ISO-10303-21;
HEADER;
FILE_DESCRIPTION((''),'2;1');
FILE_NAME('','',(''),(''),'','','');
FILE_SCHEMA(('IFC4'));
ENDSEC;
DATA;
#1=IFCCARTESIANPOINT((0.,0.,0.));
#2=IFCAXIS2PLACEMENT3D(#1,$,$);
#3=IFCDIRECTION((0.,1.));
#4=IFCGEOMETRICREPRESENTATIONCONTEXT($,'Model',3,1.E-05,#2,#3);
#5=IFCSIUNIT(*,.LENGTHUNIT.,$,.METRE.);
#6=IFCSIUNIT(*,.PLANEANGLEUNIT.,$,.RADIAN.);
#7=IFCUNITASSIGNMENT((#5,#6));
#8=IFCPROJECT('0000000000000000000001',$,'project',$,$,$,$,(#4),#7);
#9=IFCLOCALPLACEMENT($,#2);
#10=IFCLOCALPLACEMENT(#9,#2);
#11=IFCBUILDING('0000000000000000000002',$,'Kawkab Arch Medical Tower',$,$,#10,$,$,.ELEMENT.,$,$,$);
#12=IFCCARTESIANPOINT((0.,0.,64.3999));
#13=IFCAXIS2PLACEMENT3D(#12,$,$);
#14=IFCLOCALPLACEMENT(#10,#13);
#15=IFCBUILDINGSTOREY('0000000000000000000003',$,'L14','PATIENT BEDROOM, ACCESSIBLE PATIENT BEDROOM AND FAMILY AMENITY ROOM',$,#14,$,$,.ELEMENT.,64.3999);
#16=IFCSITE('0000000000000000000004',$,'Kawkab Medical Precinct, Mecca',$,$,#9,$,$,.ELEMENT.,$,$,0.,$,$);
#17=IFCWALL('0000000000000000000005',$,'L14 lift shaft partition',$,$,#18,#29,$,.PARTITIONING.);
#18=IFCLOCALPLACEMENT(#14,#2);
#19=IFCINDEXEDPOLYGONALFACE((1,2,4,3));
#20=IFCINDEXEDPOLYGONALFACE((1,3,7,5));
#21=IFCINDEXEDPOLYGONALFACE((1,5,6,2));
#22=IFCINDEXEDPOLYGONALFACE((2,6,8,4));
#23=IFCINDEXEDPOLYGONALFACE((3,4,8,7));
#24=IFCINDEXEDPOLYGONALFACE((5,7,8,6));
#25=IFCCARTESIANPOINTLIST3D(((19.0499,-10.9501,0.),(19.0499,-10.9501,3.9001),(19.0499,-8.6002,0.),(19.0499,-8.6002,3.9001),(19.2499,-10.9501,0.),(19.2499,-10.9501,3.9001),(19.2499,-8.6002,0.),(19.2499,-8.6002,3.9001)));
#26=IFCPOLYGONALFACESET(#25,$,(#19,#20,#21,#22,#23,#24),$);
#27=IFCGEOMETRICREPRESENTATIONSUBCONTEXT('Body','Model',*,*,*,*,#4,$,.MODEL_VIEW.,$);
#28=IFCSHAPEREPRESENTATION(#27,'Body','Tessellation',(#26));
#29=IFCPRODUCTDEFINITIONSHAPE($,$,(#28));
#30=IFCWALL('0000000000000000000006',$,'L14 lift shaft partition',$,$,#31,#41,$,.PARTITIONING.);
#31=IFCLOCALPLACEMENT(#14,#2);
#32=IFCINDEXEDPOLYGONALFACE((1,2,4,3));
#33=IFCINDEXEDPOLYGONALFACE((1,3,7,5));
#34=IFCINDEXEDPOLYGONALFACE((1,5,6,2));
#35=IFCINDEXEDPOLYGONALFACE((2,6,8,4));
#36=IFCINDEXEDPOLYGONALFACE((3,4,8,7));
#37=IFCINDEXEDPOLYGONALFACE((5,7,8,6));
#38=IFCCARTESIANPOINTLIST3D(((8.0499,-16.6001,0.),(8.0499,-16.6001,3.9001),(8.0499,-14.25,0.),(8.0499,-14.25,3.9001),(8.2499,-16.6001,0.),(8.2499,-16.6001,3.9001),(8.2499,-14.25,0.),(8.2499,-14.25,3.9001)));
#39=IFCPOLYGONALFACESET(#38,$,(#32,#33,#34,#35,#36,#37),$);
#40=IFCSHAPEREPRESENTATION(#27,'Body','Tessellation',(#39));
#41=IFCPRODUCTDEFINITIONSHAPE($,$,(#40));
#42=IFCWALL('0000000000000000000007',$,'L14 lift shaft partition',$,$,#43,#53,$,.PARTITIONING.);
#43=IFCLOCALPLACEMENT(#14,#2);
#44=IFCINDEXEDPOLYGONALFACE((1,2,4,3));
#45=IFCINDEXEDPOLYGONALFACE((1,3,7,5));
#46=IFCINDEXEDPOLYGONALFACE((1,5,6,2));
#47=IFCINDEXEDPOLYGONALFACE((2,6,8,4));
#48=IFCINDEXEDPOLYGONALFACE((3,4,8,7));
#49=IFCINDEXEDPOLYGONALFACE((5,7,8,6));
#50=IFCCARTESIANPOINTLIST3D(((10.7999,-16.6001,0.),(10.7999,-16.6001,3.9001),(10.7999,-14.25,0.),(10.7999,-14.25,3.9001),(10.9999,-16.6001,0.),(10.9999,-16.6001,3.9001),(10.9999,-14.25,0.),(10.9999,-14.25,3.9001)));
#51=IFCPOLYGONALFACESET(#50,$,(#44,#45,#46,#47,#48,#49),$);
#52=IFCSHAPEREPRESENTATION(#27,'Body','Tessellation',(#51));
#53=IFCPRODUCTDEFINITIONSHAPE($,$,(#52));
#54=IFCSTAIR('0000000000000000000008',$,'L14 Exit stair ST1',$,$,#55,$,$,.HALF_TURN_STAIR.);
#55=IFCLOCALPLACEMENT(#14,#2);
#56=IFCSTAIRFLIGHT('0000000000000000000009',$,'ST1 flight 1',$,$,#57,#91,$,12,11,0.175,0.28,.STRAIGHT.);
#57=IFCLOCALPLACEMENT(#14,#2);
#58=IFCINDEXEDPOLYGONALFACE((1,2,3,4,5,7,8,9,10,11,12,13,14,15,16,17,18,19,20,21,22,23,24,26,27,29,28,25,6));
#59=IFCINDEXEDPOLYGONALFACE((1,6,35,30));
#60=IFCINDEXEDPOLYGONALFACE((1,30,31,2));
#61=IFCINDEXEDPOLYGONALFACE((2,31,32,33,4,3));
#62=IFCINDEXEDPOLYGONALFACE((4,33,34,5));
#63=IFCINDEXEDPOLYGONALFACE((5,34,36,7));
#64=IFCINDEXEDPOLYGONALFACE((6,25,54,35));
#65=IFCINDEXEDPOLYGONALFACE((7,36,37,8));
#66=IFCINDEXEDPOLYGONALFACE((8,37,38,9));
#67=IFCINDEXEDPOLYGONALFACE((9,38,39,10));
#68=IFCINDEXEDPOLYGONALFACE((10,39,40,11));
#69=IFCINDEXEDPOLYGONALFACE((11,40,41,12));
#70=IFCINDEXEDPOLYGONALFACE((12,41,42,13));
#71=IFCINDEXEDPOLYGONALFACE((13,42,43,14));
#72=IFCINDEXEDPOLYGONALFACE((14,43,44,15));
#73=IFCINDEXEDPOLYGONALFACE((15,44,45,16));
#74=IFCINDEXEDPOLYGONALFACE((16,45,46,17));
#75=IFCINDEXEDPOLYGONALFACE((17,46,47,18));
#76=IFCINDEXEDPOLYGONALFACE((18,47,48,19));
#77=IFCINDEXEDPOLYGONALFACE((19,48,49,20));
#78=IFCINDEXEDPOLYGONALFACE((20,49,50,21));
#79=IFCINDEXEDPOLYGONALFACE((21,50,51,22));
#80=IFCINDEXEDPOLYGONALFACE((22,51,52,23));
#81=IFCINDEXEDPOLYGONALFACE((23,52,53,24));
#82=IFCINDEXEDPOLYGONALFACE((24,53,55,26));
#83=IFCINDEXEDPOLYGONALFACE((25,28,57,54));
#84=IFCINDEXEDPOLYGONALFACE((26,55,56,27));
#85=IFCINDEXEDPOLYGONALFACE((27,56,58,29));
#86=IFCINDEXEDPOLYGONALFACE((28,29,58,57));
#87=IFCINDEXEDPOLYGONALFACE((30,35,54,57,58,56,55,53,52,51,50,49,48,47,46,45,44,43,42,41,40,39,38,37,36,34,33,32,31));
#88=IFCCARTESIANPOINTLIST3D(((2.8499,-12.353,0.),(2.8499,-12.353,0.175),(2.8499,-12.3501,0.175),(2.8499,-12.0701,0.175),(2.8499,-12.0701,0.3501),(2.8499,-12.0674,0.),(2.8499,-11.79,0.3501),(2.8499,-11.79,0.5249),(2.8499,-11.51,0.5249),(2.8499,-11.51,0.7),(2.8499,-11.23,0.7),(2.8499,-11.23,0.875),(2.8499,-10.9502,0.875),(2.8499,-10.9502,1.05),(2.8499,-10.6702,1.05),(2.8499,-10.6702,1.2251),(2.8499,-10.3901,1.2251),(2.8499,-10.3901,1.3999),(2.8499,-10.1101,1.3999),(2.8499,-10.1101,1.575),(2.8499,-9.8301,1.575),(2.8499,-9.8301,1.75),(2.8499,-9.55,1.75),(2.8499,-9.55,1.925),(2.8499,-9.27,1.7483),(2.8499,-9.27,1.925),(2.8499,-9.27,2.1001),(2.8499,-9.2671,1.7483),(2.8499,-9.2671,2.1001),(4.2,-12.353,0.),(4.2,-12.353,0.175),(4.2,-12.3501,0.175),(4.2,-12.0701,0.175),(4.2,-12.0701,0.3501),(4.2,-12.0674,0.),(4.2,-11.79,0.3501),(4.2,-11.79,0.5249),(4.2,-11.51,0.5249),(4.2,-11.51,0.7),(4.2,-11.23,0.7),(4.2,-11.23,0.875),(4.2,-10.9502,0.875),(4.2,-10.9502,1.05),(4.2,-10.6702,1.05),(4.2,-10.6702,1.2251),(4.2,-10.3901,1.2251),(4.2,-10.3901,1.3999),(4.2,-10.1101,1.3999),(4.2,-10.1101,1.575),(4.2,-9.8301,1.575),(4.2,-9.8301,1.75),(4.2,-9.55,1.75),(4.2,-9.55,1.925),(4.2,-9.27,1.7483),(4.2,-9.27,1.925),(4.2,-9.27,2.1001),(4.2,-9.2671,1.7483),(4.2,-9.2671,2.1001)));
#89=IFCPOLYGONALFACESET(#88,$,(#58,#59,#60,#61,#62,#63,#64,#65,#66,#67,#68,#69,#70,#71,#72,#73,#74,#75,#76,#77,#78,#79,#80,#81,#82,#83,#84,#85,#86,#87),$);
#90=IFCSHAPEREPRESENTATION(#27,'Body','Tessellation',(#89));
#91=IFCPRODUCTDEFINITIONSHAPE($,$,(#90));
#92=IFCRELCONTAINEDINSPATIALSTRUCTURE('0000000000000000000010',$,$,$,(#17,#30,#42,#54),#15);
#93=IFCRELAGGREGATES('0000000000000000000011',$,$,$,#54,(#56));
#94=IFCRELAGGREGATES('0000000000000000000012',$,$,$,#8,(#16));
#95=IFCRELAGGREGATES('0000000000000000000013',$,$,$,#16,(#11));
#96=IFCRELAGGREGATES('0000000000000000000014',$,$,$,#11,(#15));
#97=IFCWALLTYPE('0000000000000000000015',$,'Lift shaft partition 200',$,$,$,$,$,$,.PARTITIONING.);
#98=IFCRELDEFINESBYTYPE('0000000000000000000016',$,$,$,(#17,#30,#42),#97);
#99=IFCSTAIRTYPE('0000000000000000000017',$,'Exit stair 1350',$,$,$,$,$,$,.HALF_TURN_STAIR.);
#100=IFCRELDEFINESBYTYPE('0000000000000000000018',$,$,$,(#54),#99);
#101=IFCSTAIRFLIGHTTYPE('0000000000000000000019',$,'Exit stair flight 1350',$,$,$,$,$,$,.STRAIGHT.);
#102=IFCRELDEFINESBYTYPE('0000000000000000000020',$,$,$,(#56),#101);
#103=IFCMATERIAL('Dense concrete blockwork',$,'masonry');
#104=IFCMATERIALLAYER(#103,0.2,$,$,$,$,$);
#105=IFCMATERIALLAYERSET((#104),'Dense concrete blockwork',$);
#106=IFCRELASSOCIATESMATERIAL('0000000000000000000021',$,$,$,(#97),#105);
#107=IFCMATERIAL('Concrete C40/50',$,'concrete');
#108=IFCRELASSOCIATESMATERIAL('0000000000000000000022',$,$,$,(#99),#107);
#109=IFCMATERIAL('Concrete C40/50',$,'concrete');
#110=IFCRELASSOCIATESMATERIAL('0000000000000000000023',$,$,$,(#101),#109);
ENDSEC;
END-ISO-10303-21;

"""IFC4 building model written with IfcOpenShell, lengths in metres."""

from ifc_helpers import new_model, si_unit, direction, frame, frame_2d, origin, place, context, subcontext, project, spatial, polyline, rectangle, outline, extrude, material, layer, layer_set, type_object, element, aggregate, save


model = new_model("IFC4")

# Units and contexts
model_context = context("Model", 3, precision=1e-05, world=origin(), true_north=direction((0.0, 1.0)))
body_context = subcontext(model_context, "Body", "Model", "MODEL_VIEW")
ifc_project = project(units=[si_unit("LENGTHUNIT", "METRE"), si_unit("PLANEANGLEUNIT", "RADIAN")], contexts=[model_context])

# Site, building, storey
site_placement = place(None, origin())
site = spatial("IfcSite", under=ifc_project, at=site_placement, Name="Kawkab Medical Precinct, Mecca", CompositionType="ELEMENT", RefElevation=0.0)
building_placement = place(site_placement, origin())
building = spatial("IfcBuilding", under=site, at=building_placement, Name="Kawkab Arch Medical Tower", CompositionType="ELEMENT")
storey_placement = place(building_placement, frame((0.0, 0.0, 64.3999)))
storey = spatial("IfcBuildingStorey", under=building, at=storey_placement, Name="L14", Description="PATIENT BEDROOM, ACCESSIBLE PATIENT BEDROOM AND FAMILY AMENITY ROOM", CompositionType="ELEMENT", Elevation=64.3999)

# Walls
ifc_material_1 = material(Name="Dense concrete blockwork", Category="masonry")
ifc_layer_1 = layer(ifc_material_1, 0.2)
ifc_layer_set_1 = layer_set([ifc_layer_1], Name="Dense concrete blockwork")
wall_type_1 = type_object("IfcWallType", Name="Lift shaft partition 200", PredefinedType="PARTITIONING", material=ifc_layer_set_1)
for number, where, z_axis, x_axis, name in (
    (1, (19.1499, -10.95, 0.0), (0.0, 0.0, 1.0), (0.0, 1.0, 0.0), "L14 lift shaft partition"),
):
    element("IfcWall", number, at=place(storey_placement, frame(where, z_axis=z_axis, x_axis=x_axis)), inside=storey, type_object=wall_type_1, Name=name, PredefinedType="PARTITIONING", context=body_context, shape_type="SweptSolid", body=[
        extrude(rectangle(XDim=2.3499, YDim=0.2, at=frame_2d((1.1748, 0.0))), origin(), (0.0, 0.0, 1.0), 3.9001),
    ])
for number, where, z_axis, x_axis, name in (
    (2, (8.1499, -16.6001, 0.0), (0.0, 0.0, 1.0), (0.0, 1.0, 0.0), "L14 lift shaft partition"),
    (3, (10.8999, -16.6001, 0.0), (0.0, 0.0, 1.0), (0.0, 1.0, 0.0), "L14 lift shaft partition"),
):
    element("IfcWall", number, at=place(storey_placement, frame(where, z_axis=z_axis, x_axis=x_axis)), inside=storey, type_object=wall_type_1, Name=name, PredefinedType="PARTITIONING", context=body_context, shape_type="SweptSolid", body=[
        extrude(rectangle(XDim=2.3501, YDim=0.2, at=frame_2d((1.175, 0.0))), origin(), (0.0, 0.0, 1.0), 3.9001),
    ])

# Stair, stair flight
ifc_material_2 = material(Name="Concrete C40/50", Category="concrete")
stair_type = type_object("IfcStairType", Name="Exit stair 1350", PredefinedType="HALF_TURN_STAIR", material=ifc_material_2)
stair_placement = place(storey_placement, origin())
stair = element("IfcStair", 4, at=stair_placement, inside=storey, type_object=stair_type, Name="L14 Exit stair ST1", PredefinedType="HALF_TURN_STAIR")
ifc_material_3 = material(Name="Concrete C40/50", Category="concrete")
stair_flight_type = type_object("IfcStairFlightType", Name="Exit stair flight 1350", PredefinedType="STRAIGHT", material=ifc_material_3)
stair_flight_placement = place(storey_placement, frame((3.5249, -12.3501, 0.0), z_axis=(0.0, 0.0, 1.0), x_axis=(0.0, 1.0, 0.0)))
stair_flight = element("IfcStairFlight", 5, at=stair_flight_placement, type_object=stair_flight_type, Name="ST1 flight 1", NumberOfRisers=12, NumberOfTreads=11, PredefinedType="STRAIGHT", RiserHeight=0.175, TreadLength=0.28, context=body_context, shape_type="SweptSolid", body=[
    extrude(outline(polyline([(-0.0029, 0.0), (-0.0029, 0.175), (0.0, 0.175), (0.28, 0.175), (0.28, 0.3501), (0.5601, 0.3501), (0.5601, 0.5249), (0.8401, 0.5249), (0.8401, 0.7), (1.1201, 0.7), (1.1201, 0.875), (1.3999, 0.875), (1.3999, 1.05), (1.6799, 1.05), (1.6799, 1.2251), (1.96, 1.2251), (1.96, 1.3999), (2.24, 1.3999), (2.24, 1.575), (2.52, 1.575), (2.52, 1.75), (2.8, 1.75), (2.8, 1.925), (3.0801, 1.925), (3.0801, 2.1001), (3.083, 2.1001), (3.083, 1.7483), (3.0801, 1.7483), (0.2827, 0.0), (-0.0029, 0.0)])), frame((0.0, 0.675, 0.0), z_axis=(0.0, -1.0, 0.0), x_axis=(1.0, 0.0, 0.0)), (0.0, 0.0, 1.0), 1.3501),
])
aggregate(stair, [stair_flight])

save(model, "model.ifc")
